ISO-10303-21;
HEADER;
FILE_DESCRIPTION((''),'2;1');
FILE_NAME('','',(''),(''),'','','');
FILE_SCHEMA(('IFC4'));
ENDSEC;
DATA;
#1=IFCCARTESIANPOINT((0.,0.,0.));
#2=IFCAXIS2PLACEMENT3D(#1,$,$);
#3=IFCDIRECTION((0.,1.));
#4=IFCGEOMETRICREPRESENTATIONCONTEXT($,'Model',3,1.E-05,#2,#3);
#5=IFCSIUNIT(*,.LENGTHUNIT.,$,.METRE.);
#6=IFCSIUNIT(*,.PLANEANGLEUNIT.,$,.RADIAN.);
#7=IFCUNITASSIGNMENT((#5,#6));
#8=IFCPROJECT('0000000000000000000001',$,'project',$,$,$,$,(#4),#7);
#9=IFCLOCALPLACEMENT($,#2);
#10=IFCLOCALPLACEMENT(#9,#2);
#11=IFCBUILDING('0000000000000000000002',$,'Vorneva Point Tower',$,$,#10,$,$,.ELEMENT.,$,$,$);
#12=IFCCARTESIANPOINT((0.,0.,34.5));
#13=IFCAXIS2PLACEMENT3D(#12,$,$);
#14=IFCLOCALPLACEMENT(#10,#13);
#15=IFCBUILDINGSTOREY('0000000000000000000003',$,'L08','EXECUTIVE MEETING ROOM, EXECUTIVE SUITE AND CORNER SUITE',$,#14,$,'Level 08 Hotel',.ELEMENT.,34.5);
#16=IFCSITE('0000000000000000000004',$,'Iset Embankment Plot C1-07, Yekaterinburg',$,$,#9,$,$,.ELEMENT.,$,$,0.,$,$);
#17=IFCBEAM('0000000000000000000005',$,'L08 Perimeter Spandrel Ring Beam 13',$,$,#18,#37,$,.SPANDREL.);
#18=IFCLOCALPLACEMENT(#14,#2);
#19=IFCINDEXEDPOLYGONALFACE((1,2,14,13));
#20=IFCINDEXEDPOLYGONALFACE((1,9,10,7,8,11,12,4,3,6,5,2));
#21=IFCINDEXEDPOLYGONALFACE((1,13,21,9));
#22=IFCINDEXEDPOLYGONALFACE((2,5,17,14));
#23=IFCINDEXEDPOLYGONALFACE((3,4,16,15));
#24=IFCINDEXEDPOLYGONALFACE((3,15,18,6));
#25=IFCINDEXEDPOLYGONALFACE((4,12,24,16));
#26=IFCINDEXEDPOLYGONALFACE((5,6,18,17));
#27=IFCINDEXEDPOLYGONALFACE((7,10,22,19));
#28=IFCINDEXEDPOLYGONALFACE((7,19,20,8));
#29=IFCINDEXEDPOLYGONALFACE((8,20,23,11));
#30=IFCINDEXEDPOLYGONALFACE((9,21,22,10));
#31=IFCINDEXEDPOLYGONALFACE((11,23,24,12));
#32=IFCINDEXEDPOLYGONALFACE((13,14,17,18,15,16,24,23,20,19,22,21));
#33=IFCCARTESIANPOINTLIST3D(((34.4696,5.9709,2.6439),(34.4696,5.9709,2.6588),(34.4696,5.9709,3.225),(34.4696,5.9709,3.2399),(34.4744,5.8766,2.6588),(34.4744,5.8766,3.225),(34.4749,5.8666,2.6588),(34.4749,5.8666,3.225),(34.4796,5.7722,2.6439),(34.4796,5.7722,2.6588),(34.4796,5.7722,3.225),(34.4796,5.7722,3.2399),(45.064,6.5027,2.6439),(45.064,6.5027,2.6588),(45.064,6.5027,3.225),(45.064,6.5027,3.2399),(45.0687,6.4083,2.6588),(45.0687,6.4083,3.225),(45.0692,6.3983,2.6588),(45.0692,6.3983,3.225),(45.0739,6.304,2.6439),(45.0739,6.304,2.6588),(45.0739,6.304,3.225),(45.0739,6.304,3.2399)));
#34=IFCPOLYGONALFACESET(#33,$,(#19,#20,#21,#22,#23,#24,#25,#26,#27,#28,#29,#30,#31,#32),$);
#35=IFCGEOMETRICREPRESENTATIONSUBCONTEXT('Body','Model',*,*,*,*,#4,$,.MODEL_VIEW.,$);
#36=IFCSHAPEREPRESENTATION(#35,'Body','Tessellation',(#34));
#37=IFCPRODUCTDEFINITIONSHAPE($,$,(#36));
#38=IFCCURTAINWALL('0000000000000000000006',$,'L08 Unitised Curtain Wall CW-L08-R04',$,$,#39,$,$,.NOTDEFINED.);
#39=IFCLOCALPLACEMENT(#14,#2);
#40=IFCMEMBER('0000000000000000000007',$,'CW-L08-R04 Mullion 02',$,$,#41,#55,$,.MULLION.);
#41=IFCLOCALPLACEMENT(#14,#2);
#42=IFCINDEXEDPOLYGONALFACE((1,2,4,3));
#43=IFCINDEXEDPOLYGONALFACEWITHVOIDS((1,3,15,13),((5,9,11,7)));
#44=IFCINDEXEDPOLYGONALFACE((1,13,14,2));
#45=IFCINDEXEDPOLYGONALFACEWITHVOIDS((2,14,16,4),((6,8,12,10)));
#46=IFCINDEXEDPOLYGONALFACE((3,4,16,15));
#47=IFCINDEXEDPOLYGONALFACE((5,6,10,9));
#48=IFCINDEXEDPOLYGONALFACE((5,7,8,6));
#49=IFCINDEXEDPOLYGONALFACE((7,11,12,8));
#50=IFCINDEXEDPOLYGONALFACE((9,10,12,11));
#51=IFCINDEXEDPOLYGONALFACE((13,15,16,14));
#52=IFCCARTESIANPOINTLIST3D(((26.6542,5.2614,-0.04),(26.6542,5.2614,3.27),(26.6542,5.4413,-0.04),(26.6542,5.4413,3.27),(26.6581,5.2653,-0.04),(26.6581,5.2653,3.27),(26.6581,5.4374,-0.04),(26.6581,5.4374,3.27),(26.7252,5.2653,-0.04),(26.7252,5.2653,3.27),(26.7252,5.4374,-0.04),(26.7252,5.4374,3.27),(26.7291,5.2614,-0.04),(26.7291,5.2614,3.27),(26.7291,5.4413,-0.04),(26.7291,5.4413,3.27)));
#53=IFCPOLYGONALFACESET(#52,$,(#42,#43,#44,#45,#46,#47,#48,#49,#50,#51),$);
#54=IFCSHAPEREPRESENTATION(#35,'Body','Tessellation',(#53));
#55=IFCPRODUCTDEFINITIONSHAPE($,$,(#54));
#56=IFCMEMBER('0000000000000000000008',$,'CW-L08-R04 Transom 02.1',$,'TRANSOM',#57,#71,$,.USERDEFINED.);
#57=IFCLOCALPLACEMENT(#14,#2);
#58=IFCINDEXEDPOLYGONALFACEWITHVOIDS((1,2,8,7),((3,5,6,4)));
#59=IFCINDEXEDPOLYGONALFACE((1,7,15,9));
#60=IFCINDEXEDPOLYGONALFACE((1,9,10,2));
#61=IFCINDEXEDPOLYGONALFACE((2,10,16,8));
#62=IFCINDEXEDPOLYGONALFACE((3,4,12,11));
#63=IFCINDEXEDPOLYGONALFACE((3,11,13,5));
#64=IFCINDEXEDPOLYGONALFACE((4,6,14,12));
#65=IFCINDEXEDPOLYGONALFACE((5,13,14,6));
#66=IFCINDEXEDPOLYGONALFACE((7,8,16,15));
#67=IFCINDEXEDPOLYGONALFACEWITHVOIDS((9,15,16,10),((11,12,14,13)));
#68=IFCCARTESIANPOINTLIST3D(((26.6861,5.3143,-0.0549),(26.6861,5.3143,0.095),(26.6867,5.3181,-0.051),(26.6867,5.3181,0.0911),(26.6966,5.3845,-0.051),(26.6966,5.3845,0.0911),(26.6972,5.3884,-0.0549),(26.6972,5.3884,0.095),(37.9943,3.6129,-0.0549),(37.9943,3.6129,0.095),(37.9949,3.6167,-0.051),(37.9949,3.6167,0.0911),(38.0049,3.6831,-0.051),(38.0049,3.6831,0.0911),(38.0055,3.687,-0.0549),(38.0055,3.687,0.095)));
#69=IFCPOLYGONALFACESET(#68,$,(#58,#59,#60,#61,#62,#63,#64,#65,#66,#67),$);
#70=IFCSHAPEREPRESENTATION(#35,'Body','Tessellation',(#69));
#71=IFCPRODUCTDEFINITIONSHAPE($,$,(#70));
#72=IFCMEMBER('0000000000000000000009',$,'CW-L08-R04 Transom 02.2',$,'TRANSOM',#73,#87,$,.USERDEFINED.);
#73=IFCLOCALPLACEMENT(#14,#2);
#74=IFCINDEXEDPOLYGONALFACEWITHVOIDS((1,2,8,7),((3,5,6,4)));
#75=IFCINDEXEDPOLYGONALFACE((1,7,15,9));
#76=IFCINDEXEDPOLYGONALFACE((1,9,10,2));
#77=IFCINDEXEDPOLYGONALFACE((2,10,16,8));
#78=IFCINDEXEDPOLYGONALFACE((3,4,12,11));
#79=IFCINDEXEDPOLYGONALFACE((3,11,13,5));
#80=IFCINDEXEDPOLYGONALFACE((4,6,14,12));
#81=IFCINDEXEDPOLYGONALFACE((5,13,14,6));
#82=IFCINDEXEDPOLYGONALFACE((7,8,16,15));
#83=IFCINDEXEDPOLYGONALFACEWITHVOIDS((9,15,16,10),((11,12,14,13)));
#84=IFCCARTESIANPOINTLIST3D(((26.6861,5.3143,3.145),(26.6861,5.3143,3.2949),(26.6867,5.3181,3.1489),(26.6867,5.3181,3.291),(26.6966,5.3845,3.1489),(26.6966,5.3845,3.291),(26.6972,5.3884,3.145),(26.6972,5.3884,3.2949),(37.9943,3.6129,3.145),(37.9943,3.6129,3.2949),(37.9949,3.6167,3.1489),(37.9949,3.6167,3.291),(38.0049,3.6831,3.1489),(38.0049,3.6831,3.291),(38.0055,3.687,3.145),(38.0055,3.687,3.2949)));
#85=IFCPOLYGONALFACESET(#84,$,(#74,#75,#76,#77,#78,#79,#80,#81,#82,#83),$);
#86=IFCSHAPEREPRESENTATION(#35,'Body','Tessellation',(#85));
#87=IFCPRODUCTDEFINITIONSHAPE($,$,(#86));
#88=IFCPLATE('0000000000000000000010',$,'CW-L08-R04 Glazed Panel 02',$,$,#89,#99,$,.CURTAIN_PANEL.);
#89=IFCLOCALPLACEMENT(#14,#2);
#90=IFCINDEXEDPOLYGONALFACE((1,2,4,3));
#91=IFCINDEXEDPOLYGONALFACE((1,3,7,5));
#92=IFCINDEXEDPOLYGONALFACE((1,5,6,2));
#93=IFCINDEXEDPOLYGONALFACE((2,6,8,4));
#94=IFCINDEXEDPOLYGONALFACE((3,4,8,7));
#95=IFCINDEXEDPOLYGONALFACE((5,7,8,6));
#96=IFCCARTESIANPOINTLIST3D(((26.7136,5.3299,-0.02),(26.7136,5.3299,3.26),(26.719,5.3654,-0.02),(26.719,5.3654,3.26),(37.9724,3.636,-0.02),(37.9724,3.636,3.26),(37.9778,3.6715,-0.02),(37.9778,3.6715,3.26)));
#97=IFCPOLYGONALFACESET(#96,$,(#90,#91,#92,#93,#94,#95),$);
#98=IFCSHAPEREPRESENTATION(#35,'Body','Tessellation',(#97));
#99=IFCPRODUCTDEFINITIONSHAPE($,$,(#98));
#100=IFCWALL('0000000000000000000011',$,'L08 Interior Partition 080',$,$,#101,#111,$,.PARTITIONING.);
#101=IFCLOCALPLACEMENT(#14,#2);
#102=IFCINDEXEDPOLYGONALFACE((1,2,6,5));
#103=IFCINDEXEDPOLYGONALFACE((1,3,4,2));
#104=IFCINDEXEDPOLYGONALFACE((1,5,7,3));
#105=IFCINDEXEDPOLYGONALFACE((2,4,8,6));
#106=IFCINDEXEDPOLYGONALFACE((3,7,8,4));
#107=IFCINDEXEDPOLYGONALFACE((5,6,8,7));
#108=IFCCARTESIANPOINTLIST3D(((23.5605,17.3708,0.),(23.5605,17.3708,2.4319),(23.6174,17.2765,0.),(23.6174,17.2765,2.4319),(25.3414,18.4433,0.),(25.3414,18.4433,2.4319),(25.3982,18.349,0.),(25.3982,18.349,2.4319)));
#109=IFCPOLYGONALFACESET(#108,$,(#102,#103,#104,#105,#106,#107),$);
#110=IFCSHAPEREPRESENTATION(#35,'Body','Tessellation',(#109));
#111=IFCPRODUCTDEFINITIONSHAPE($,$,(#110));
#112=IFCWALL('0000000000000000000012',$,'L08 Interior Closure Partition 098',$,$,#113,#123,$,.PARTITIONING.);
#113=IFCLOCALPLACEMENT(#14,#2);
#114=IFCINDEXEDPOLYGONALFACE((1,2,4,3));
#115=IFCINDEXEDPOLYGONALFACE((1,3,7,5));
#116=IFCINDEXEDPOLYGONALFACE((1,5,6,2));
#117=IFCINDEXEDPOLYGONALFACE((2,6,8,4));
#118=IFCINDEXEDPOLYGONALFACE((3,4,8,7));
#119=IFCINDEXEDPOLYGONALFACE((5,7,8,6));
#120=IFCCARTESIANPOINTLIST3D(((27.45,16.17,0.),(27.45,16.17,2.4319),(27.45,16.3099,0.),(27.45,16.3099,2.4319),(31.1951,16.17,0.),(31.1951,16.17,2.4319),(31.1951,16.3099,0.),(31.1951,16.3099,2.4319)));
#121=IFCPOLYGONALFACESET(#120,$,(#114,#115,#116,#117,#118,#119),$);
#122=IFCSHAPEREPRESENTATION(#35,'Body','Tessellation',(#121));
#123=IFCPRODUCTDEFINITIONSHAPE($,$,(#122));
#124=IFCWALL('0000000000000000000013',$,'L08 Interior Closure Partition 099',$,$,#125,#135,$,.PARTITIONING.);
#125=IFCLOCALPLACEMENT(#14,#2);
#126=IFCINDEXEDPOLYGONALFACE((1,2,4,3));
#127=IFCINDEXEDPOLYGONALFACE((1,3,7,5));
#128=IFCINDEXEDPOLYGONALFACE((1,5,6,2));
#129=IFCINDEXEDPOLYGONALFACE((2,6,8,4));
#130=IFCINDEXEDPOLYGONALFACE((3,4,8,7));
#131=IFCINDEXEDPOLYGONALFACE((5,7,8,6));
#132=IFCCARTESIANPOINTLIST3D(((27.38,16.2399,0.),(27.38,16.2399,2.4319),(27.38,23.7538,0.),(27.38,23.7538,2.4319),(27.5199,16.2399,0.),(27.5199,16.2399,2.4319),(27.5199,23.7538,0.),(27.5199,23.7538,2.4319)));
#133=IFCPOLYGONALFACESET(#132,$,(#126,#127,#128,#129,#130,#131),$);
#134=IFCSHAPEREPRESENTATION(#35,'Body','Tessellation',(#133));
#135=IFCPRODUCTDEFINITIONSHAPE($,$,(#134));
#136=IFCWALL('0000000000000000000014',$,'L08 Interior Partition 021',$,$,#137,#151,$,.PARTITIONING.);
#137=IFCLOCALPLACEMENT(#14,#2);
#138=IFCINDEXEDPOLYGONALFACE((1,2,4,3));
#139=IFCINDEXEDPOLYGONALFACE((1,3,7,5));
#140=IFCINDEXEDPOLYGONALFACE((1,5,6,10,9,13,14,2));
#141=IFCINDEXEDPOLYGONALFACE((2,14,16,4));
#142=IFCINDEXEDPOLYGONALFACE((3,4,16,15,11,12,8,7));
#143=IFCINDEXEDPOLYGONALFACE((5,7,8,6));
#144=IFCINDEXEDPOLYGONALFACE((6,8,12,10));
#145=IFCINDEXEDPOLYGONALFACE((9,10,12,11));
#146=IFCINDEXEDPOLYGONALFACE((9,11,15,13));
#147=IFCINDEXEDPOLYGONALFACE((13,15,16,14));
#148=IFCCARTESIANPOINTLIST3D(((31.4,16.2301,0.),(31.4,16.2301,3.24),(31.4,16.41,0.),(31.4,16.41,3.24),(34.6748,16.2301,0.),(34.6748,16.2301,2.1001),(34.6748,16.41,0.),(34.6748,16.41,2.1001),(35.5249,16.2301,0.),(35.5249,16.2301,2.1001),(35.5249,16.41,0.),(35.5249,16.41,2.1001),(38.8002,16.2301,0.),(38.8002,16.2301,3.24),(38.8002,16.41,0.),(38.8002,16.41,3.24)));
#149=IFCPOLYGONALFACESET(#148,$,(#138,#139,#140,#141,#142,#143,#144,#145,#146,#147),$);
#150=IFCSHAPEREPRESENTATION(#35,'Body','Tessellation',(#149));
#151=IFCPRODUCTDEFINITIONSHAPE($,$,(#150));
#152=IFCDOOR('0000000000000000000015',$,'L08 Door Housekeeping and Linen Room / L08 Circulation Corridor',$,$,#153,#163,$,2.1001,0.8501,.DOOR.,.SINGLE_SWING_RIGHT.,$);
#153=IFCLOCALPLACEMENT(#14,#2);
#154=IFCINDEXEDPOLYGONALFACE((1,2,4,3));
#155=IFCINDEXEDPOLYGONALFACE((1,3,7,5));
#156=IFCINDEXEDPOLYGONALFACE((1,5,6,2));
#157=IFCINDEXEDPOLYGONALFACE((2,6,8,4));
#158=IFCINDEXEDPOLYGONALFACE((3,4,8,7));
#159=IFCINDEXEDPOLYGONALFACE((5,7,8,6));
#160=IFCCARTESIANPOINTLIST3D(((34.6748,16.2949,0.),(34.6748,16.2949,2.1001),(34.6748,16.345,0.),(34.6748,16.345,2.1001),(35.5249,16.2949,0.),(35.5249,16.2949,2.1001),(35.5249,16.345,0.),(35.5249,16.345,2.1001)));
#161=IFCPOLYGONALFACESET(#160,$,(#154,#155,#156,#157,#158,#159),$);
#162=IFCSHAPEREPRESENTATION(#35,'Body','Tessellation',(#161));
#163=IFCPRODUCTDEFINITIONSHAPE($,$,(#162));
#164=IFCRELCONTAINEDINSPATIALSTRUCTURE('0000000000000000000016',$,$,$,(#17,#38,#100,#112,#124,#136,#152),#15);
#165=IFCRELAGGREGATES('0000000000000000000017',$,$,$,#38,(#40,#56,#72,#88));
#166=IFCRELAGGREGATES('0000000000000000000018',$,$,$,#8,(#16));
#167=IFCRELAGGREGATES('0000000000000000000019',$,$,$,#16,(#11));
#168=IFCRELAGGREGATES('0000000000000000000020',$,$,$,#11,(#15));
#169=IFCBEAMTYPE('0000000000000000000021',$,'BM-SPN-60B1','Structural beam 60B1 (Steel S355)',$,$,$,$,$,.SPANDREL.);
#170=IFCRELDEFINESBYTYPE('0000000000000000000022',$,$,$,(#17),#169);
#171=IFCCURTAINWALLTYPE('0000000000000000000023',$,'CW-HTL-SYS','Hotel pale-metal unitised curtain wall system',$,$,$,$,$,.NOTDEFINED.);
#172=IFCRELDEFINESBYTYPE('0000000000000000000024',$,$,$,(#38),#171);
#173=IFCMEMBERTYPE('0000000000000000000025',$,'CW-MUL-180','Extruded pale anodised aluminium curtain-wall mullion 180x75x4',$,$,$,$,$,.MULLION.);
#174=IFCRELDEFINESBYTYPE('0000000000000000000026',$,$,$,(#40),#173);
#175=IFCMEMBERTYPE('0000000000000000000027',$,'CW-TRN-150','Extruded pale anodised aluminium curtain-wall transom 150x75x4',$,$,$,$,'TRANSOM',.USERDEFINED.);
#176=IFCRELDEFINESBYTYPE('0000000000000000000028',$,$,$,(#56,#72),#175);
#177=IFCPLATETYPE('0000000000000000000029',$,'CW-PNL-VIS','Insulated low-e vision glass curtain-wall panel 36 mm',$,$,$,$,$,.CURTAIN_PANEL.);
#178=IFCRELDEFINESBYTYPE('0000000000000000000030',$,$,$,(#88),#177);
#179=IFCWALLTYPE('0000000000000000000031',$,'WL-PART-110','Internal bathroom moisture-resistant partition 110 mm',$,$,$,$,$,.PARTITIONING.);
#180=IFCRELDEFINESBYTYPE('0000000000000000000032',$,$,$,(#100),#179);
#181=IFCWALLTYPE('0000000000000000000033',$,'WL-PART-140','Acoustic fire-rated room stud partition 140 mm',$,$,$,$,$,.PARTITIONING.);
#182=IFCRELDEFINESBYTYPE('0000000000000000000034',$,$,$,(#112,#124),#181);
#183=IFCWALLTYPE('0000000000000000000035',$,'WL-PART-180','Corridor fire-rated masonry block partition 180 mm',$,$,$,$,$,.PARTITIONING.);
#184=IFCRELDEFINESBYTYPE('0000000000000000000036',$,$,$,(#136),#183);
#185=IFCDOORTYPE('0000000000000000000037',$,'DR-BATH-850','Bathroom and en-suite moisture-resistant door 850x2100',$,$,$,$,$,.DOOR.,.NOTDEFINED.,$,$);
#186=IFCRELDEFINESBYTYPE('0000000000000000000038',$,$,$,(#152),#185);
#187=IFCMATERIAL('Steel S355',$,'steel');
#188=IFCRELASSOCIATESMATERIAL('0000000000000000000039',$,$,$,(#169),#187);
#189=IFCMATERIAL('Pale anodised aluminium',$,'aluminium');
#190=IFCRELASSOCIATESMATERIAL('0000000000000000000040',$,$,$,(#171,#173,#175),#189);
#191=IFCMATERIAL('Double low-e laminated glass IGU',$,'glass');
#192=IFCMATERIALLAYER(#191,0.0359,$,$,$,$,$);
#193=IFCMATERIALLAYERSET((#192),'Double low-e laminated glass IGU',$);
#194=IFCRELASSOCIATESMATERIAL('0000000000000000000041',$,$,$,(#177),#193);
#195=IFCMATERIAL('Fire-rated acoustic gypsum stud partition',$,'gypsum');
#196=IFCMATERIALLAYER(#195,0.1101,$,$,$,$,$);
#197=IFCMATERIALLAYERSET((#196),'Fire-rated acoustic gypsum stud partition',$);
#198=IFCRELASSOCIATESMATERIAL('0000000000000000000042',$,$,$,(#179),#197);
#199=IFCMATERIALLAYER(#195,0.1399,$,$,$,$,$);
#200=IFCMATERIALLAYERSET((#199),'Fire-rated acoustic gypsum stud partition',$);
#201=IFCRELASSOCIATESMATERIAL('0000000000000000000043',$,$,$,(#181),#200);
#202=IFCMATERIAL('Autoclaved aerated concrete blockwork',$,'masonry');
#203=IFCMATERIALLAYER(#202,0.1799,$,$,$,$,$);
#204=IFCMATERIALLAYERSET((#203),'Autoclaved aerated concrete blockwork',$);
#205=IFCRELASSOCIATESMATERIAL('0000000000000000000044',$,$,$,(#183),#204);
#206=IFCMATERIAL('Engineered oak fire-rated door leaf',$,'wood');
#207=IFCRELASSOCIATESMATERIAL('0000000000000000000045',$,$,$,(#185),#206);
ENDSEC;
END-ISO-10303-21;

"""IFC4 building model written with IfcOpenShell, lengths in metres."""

from ifc_helpers import new_model, si_unit, direction, frame, frame_2d, origin, origin_2d, place, context, subcontext, project, spatial, rectangle, hollow_rectangle, i_section, extrude, material, layer, layer_set, material_profile, profile_set, type_object, element, fill, aggregate, save


model = new_model("IFC4")

# Units and contexts
model_context = context("Model", 3, precision=1e-05, world=origin(), true_north=direction((0.0, 1.0)))
body_context = subcontext(model_context, "Body", "Model", "MODEL_VIEW")
ifc_project = project(units=[si_unit("LENGTHUNIT", "METRE"), si_unit("PLANEANGLEUNIT", "RADIAN")], contexts=[model_context])

# Site, building, storey
site_placement = place(None, origin())
site = spatial("IfcSite", under=ifc_project, at=site_placement, Name="Iset Embankment Plot C1-07, Yekaterinburg", CompositionType="ELEMENT", RefElevation=0.0)
building_placement = place(site_placement, origin())
building = spatial("IfcBuilding", under=site, at=building_placement, Name="Vorneva Point Tower", CompositionType="ELEMENT")
storey_placement = place(building_placement, frame((0.0, 0.0, 34.5)))
storey = spatial("IfcBuildingStorey", under=building, at=storey_placement, Name="L08", Description="EXECUTIVE MEETING ROOM, EXECUTIVE SUITE AND CORNER SUITE", LongName="Level 08 Hotel", CompositionType="ELEMENT", Elevation=34.5)

# Beam
ifc_material_1 = material(Name="Steel S355", Category="steel")
ifc_material_profile_1 = material_profile(ifc_material_1, i_section(OverallWidth=0.199, OverallDepth=0.5959, WebThickness=0.01, FlangeThickness=0.0149, at=origin_2d()), Name="60B1")
ifc_profile_set_1 = profile_set([ifc_material_profile_1], Name="Steel S355")
beam_type_1 = type_object("IfcBeamType", Name="BM-SPN-60B1", Description="Structural beam 60B1 (Steel S355)", PredefinedType="SPANDREL", material=ifc_profile_set_1)
beam_1_placement = place(storey_placement, frame((34.4746, 5.8716, 2.9419), z_axis=(0.998743, 0.050128, 0.0), x_axis=(-0.050128, 0.998743, 0.0)))
element("IfcBeam", 1, at=beam_1_placement, inside=storey, type_object=beam_type_1, Name="L08 Perimeter Spandrel Ring Beam 13", PredefinedType="SPANDREL", context=body_context, shape_type="SweptSolid", body=[
    extrude(i_section(OverallWidth=0.199, OverallDepth=0.5959, WebThickness=0.01, FlangeThickness=0.0149, at=origin_2d()), origin(), (0.0, 0.0, 1.0), 10.6077),
])

# Curtain wall, members, plate
ifc_material_2 = material(Name="Pale anodised aluminium", Category="aluminium")
curtain_wall_type = type_object("IfcCurtainWallType", Name="CW-HTL-SYS", Description="Hotel pale-metal unitised curtain wall system", PredefinedType="NOTDEFINED", material=ifc_material_2)
curtain_wall_placement = place(storey_placement, origin())
curtain_wall = element("IfcCurtainWall", 2, at=curtain_wall_placement, inside=storey, type_object=curtain_wall_type, Name="L08 Unitised Curtain Wall CW-L08-R04", PredefinedType="NOTDEFINED")
ifc_material_profile_2 = material_profile(ifc_material_2, hollow_rectangle(XDim=0.075, YDim=0.1799, WallThickness=0.0039, at=origin_2d()), Name="AL-MUL 180x75x4")
ifc_profile_set_2 = profile_set([ifc_material_profile_2], Name="Pale anodised aluminium")
member_type_1 = type_object("IfcMemberType", Name="CW-MUL-180", Description="Extruded pale anodised aluminium curtain-wall mullion 180x75x4", PredefinedType="MULLION", material=ifc_profile_set_2)
member_1_placement = place(storey_placement, frame((26.6917, 5.3513, -0.04), z_axis=(0.0, 0.0, 1.0), x_axis=(1.0, 0.0, 0.0)))
member_1 = element("IfcMember", 3, at=member_1_placement, type_object=member_type_1, Name="CW-L08-R04 Mullion 02", PredefinedType="MULLION", context=body_context, shape_type="SweptSolid", body=[
    extrude(hollow_rectangle(XDim=0.075, YDim=0.1799, WallThickness=0.0039, at=origin_2d()), origin(), (0.0, 0.0, 1.0), 3.3101),
])
ifc_material_profile_3 = material_profile(ifc_material_2, hollow_rectangle(XDim=0.075, YDim=0.1499, WallThickness=0.0039, at=origin_2d()), Name="AL-TRN 150x75x4")
ifc_profile_set_3 = profile_set([ifc_material_profile_3], Name="Pale anodised aluminium")
member_type_2 = type_object("IfcMemberType", Name="CW-TRN-150", Description="Extruded pale anodised aluminium curtain-wall transom 150x75x4", ElementType="TRANSOM", PredefinedType="USERDEFINED", material=ifc_profile_set_3)
member_2_placement = place(storey_placement, frame((26.6917, 5.3513, 0.02), z_axis=(0.98887, -0.148782, 0.0), x_axis=(0.148782, 0.98887, 0.0)))
member_2 = element("IfcMember", 4, at=member_2_placement, type_object=member_type_2, Name="CW-L08-R04 Transom 02.1", ObjectType="TRANSOM", PredefinedType="USERDEFINED", context=body_context, shape_type="SweptSolid", body=[
    extrude(hollow_rectangle(XDim=0.075, YDim=0.1499, WallThickness=0.0039, at=origin_2d()), origin(), (0.0, 0.0, 1.0), 11.4355),
])
member_3_placement = place(storey_placement, frame((26.6917, 5.3513, 3.22), z_axis=(0.98887, -0.148782, 0.0), x_axis=(0.148782, 0.98887, 0.0)))
member_3 = element("IfcMember", 5, at=member_3_placement, type_object=member_type_2, Name="CW-L08-R04 Transom 02.2", ObjectType="TRANSOM", PredefinedType="USERDEFINED", context=body_context, shape_type="SweptSolid", body=[
    extrude(hollow_rectangle(XDim=0.075, YDim=0.1499, WallThickness=0.0039, at=origin_2d()), origin(), (0.0, 0.0, 1.0), 11.4355),
])
ifc_material_3 = material(Name="Double low-e laminated glass IGU", Category="glass")
ifc_layer_1 = layer(ifc_material_3, 0.0359)
ifc_layer_set_1 = layer_set([ifc_layer_1], Name="Double low-e laminated glass IGU")
plate_type = type_object("IfcPlateType", Name="CW-PNL-VIS", Description="Insulated low-e vision glass curtain-wall panel 36 mm", PredefinedType="CURTAIN_PANEL", material=ifc_layer_set_1)
plate_placement = place(storey_placement, frame((32.3457, 4.5007, -0.02), z_axis=(0.0, 0.0, 1.0), x_axis=(0.988871, -0.148776, 0.0)))
plate = element("IfcPlate", 6, at=plate_placement, type_object=plate_type, Name="CW-L08-R04 Glazed Panel 02", PredefinedType="CURTAIN_PANEL", context=body_context, shape_type="SweptSolid", body=[
    extrude(rectangle(XDim=11.3855, YDim=0.0359, at=origin_2d()), origin(), (0.0, 0.0, 1.0), 3.28),
])
aggregate(curtain_wall, [member_1, member_2, member_3, plate])

# Walls
ifc_material_4 = material(Name="Fire-rated acoustic gypsum stud partition", Category="gypsum")
ifc_layer_2 = layer(ifc_material_4, 0.1101)
ifc_layer_set_2 = layer_set([ifc_layer_2], Name="Fire-rated acoustic gypsum stud partition")
wall_type_1 = type_object("IfcWallType", Name="WL-PART-110", Description="Internal bathroom moisture-resistant partition 110 mm", PredefinedType="PARTITIONING", material=ifc_layer_set_2)
wall_1_placement = place(storey_placement, frame((25.3699, 18.3962, 0.0), z_axis=(0.0, 0.0, 1.0), x_axis=(-0.856632, -0.515929, 0.0)))
element("IfcWall", 7, at=wall_1_placement, inside=storey, type_object=wall_type_1, Name="L08 Interior Partition 080", PredefinedType="PARTITIONING", context=body_context, shape_type="SweptSolid", body=[
    extrude(rectangle(XDim=2.0789, YDim=0.1101, at=frame_2d((1.0396, 0.0))), origin(), (0.0, 0.0, 1.0), 2.4319),
])
ifc_layer_3 = layer(ifc_material_4, 0.1399)
ifc_layer_set_3 = layer_set([ifc_layer_3], Name="Fire-rated acoustic gypsum stud partition")
wall_type_2 = type_object("IfcWallType", Name="WL-PART-140", Description="Acoustic fire-rated room stud partition 140 mm", PredefinedType="PARTITIONING", material=ifc_layer_set_3)
wall_2_placement = place(storey_placement, frame((31.1951, 16.24, 0.0), z_axis=(0.0, 0.0, 1.0), x_axis=(-1.0, 0.0, 0.0)))
element("IfcWall", 8, at=wall_2_placement, inside=storey, type_object=wall_type_2, Name="L08 Interior Closure Partition 098", PredefinedType="PARTITIONING", context=body_context, shape_type="SweptSolid", body=[
    extrude(rectangle(XDim=3.7451, YDim=0.1399, at=frame_2d((1.8726, 0.0))), origin(), (0.0, 0.0, 1.0), 2.4319),
])
wall_3_placement = place(storey_placement, frame((27.45, 16.24, 0.0), z_axis=(0.0, 0.0, 1.0), x_axis=(0.0, 1.0, 0.0)))
element("IfcWall", 9, at=wall_3_placement, inside=storey, type_object=wall_type_2, Name="L08 Interior Closure Partition 099", PredefinedType="PARTITIONING", context=body_context, shape_type="SweptSolid", body=[
    extrude(rectangle(XDim=7.5139, YDim=0.1399, at=frame_2d((3.7568, 0.0))), origin(), (0.0, 0.0, 1.0), 2.4319),
])

# Wall, opening, door
ifc_material_5 = material(Name="Autoclaved aerated concrete blockwork", Category="masonry")
ifc_layer_4 = layer(ifc_material_5, 0.1799)
ifc_layer_set_4 = layer_set([ifc_layer_4], Name="Autoclaved aerated concrete blockwork")
wall_type_3 = type_object("IfcWallType", Name="WL-PART-180", Description="Corridor fire-rated masonry block partition 180 mm", PredefinedType="PARTITIONING", material=ifc_layer_set_4)
wall_4_placement = place(storey_placement, frame((31.3999, 16.3201, 0.0), z_axis=(0.0, 0.0, 1.0), x_axis=(1.0, 0.0, 0.0)))
wall_4 = element("IfcWall", 10, at=wall_4_placement, inside=storey, type_object=wall_type_3, Name="L08 Interior Partition 021", PredefinedType="PARTITIONING", context=body_context, shape_type="SweptSolid", body=[
    extrude(rectangle(XDim=7.4001, YDim=0.1799, at=frame_2d((3.7002, 0.0))), origin(), (0.0, 0.0, 1.0), 3.24),
])
opening_1_placement = place(wall_4_placement, frame((3.2749, 0.0, 0.0)))
opening_1 = element("IfcOpeningElement", 11, at=opening_1_placement, cuts=wall_4, PredefinedType="OPENING", context=body_context, shape_type="SweptSolid", body=[
    extrude(rectangle(XDim=0.8501, YDim=2.1001, at=frame_2d((0.425, 1.05))), frame((0.0, 0.105, 0.0), z_axis=(0.0, -1.0, 0.0), x_axis=(1.0, 0.0, 0.0)), (0.0, 0.0, 1.0), 0.2097),
])
ifc_material_6 = material(Name="Engineered oak fire-rated door leaf", Category="wood")
door_type_1 = type_object("IfcDoorType", Name="DR-BATH-850", Description="Bathroom and en-suite moisture-resistant door 850x2100", OperationType="NOTDEFINED", PredefinedType="DOOR", material=ifc_material_6)
door_1_placement = place(opening_1_placement, origin())
door_1 = element("IfcDoor", 12, at=door_1_placement, inside=storey, type_object=door_type_1, Name="L08 Door Housekeeping and Linen Room / L08 Circulation Corridor", OperationType="SINGLE_SWING_RIGHT", OverallHeight=2.1001, OverallWidth=0.8501, PredefinedType="DOOR", context=body_context, shape_type="SweptSolid", body=[
    extrude(rectangle(XDim=0.8501, YDim=2.1001, at=frame_2d((0.425, 1.05))), frame((0.0, 0.0249, 0.0), z_axis=(0.0, -1.0, 0.0), x_axis=(1.0, 0.0, 0.0)), (0.0, 0.0, 1.0), 0.05),
])
fill(opening_1, door_1)

save(model, "model.ifc")
